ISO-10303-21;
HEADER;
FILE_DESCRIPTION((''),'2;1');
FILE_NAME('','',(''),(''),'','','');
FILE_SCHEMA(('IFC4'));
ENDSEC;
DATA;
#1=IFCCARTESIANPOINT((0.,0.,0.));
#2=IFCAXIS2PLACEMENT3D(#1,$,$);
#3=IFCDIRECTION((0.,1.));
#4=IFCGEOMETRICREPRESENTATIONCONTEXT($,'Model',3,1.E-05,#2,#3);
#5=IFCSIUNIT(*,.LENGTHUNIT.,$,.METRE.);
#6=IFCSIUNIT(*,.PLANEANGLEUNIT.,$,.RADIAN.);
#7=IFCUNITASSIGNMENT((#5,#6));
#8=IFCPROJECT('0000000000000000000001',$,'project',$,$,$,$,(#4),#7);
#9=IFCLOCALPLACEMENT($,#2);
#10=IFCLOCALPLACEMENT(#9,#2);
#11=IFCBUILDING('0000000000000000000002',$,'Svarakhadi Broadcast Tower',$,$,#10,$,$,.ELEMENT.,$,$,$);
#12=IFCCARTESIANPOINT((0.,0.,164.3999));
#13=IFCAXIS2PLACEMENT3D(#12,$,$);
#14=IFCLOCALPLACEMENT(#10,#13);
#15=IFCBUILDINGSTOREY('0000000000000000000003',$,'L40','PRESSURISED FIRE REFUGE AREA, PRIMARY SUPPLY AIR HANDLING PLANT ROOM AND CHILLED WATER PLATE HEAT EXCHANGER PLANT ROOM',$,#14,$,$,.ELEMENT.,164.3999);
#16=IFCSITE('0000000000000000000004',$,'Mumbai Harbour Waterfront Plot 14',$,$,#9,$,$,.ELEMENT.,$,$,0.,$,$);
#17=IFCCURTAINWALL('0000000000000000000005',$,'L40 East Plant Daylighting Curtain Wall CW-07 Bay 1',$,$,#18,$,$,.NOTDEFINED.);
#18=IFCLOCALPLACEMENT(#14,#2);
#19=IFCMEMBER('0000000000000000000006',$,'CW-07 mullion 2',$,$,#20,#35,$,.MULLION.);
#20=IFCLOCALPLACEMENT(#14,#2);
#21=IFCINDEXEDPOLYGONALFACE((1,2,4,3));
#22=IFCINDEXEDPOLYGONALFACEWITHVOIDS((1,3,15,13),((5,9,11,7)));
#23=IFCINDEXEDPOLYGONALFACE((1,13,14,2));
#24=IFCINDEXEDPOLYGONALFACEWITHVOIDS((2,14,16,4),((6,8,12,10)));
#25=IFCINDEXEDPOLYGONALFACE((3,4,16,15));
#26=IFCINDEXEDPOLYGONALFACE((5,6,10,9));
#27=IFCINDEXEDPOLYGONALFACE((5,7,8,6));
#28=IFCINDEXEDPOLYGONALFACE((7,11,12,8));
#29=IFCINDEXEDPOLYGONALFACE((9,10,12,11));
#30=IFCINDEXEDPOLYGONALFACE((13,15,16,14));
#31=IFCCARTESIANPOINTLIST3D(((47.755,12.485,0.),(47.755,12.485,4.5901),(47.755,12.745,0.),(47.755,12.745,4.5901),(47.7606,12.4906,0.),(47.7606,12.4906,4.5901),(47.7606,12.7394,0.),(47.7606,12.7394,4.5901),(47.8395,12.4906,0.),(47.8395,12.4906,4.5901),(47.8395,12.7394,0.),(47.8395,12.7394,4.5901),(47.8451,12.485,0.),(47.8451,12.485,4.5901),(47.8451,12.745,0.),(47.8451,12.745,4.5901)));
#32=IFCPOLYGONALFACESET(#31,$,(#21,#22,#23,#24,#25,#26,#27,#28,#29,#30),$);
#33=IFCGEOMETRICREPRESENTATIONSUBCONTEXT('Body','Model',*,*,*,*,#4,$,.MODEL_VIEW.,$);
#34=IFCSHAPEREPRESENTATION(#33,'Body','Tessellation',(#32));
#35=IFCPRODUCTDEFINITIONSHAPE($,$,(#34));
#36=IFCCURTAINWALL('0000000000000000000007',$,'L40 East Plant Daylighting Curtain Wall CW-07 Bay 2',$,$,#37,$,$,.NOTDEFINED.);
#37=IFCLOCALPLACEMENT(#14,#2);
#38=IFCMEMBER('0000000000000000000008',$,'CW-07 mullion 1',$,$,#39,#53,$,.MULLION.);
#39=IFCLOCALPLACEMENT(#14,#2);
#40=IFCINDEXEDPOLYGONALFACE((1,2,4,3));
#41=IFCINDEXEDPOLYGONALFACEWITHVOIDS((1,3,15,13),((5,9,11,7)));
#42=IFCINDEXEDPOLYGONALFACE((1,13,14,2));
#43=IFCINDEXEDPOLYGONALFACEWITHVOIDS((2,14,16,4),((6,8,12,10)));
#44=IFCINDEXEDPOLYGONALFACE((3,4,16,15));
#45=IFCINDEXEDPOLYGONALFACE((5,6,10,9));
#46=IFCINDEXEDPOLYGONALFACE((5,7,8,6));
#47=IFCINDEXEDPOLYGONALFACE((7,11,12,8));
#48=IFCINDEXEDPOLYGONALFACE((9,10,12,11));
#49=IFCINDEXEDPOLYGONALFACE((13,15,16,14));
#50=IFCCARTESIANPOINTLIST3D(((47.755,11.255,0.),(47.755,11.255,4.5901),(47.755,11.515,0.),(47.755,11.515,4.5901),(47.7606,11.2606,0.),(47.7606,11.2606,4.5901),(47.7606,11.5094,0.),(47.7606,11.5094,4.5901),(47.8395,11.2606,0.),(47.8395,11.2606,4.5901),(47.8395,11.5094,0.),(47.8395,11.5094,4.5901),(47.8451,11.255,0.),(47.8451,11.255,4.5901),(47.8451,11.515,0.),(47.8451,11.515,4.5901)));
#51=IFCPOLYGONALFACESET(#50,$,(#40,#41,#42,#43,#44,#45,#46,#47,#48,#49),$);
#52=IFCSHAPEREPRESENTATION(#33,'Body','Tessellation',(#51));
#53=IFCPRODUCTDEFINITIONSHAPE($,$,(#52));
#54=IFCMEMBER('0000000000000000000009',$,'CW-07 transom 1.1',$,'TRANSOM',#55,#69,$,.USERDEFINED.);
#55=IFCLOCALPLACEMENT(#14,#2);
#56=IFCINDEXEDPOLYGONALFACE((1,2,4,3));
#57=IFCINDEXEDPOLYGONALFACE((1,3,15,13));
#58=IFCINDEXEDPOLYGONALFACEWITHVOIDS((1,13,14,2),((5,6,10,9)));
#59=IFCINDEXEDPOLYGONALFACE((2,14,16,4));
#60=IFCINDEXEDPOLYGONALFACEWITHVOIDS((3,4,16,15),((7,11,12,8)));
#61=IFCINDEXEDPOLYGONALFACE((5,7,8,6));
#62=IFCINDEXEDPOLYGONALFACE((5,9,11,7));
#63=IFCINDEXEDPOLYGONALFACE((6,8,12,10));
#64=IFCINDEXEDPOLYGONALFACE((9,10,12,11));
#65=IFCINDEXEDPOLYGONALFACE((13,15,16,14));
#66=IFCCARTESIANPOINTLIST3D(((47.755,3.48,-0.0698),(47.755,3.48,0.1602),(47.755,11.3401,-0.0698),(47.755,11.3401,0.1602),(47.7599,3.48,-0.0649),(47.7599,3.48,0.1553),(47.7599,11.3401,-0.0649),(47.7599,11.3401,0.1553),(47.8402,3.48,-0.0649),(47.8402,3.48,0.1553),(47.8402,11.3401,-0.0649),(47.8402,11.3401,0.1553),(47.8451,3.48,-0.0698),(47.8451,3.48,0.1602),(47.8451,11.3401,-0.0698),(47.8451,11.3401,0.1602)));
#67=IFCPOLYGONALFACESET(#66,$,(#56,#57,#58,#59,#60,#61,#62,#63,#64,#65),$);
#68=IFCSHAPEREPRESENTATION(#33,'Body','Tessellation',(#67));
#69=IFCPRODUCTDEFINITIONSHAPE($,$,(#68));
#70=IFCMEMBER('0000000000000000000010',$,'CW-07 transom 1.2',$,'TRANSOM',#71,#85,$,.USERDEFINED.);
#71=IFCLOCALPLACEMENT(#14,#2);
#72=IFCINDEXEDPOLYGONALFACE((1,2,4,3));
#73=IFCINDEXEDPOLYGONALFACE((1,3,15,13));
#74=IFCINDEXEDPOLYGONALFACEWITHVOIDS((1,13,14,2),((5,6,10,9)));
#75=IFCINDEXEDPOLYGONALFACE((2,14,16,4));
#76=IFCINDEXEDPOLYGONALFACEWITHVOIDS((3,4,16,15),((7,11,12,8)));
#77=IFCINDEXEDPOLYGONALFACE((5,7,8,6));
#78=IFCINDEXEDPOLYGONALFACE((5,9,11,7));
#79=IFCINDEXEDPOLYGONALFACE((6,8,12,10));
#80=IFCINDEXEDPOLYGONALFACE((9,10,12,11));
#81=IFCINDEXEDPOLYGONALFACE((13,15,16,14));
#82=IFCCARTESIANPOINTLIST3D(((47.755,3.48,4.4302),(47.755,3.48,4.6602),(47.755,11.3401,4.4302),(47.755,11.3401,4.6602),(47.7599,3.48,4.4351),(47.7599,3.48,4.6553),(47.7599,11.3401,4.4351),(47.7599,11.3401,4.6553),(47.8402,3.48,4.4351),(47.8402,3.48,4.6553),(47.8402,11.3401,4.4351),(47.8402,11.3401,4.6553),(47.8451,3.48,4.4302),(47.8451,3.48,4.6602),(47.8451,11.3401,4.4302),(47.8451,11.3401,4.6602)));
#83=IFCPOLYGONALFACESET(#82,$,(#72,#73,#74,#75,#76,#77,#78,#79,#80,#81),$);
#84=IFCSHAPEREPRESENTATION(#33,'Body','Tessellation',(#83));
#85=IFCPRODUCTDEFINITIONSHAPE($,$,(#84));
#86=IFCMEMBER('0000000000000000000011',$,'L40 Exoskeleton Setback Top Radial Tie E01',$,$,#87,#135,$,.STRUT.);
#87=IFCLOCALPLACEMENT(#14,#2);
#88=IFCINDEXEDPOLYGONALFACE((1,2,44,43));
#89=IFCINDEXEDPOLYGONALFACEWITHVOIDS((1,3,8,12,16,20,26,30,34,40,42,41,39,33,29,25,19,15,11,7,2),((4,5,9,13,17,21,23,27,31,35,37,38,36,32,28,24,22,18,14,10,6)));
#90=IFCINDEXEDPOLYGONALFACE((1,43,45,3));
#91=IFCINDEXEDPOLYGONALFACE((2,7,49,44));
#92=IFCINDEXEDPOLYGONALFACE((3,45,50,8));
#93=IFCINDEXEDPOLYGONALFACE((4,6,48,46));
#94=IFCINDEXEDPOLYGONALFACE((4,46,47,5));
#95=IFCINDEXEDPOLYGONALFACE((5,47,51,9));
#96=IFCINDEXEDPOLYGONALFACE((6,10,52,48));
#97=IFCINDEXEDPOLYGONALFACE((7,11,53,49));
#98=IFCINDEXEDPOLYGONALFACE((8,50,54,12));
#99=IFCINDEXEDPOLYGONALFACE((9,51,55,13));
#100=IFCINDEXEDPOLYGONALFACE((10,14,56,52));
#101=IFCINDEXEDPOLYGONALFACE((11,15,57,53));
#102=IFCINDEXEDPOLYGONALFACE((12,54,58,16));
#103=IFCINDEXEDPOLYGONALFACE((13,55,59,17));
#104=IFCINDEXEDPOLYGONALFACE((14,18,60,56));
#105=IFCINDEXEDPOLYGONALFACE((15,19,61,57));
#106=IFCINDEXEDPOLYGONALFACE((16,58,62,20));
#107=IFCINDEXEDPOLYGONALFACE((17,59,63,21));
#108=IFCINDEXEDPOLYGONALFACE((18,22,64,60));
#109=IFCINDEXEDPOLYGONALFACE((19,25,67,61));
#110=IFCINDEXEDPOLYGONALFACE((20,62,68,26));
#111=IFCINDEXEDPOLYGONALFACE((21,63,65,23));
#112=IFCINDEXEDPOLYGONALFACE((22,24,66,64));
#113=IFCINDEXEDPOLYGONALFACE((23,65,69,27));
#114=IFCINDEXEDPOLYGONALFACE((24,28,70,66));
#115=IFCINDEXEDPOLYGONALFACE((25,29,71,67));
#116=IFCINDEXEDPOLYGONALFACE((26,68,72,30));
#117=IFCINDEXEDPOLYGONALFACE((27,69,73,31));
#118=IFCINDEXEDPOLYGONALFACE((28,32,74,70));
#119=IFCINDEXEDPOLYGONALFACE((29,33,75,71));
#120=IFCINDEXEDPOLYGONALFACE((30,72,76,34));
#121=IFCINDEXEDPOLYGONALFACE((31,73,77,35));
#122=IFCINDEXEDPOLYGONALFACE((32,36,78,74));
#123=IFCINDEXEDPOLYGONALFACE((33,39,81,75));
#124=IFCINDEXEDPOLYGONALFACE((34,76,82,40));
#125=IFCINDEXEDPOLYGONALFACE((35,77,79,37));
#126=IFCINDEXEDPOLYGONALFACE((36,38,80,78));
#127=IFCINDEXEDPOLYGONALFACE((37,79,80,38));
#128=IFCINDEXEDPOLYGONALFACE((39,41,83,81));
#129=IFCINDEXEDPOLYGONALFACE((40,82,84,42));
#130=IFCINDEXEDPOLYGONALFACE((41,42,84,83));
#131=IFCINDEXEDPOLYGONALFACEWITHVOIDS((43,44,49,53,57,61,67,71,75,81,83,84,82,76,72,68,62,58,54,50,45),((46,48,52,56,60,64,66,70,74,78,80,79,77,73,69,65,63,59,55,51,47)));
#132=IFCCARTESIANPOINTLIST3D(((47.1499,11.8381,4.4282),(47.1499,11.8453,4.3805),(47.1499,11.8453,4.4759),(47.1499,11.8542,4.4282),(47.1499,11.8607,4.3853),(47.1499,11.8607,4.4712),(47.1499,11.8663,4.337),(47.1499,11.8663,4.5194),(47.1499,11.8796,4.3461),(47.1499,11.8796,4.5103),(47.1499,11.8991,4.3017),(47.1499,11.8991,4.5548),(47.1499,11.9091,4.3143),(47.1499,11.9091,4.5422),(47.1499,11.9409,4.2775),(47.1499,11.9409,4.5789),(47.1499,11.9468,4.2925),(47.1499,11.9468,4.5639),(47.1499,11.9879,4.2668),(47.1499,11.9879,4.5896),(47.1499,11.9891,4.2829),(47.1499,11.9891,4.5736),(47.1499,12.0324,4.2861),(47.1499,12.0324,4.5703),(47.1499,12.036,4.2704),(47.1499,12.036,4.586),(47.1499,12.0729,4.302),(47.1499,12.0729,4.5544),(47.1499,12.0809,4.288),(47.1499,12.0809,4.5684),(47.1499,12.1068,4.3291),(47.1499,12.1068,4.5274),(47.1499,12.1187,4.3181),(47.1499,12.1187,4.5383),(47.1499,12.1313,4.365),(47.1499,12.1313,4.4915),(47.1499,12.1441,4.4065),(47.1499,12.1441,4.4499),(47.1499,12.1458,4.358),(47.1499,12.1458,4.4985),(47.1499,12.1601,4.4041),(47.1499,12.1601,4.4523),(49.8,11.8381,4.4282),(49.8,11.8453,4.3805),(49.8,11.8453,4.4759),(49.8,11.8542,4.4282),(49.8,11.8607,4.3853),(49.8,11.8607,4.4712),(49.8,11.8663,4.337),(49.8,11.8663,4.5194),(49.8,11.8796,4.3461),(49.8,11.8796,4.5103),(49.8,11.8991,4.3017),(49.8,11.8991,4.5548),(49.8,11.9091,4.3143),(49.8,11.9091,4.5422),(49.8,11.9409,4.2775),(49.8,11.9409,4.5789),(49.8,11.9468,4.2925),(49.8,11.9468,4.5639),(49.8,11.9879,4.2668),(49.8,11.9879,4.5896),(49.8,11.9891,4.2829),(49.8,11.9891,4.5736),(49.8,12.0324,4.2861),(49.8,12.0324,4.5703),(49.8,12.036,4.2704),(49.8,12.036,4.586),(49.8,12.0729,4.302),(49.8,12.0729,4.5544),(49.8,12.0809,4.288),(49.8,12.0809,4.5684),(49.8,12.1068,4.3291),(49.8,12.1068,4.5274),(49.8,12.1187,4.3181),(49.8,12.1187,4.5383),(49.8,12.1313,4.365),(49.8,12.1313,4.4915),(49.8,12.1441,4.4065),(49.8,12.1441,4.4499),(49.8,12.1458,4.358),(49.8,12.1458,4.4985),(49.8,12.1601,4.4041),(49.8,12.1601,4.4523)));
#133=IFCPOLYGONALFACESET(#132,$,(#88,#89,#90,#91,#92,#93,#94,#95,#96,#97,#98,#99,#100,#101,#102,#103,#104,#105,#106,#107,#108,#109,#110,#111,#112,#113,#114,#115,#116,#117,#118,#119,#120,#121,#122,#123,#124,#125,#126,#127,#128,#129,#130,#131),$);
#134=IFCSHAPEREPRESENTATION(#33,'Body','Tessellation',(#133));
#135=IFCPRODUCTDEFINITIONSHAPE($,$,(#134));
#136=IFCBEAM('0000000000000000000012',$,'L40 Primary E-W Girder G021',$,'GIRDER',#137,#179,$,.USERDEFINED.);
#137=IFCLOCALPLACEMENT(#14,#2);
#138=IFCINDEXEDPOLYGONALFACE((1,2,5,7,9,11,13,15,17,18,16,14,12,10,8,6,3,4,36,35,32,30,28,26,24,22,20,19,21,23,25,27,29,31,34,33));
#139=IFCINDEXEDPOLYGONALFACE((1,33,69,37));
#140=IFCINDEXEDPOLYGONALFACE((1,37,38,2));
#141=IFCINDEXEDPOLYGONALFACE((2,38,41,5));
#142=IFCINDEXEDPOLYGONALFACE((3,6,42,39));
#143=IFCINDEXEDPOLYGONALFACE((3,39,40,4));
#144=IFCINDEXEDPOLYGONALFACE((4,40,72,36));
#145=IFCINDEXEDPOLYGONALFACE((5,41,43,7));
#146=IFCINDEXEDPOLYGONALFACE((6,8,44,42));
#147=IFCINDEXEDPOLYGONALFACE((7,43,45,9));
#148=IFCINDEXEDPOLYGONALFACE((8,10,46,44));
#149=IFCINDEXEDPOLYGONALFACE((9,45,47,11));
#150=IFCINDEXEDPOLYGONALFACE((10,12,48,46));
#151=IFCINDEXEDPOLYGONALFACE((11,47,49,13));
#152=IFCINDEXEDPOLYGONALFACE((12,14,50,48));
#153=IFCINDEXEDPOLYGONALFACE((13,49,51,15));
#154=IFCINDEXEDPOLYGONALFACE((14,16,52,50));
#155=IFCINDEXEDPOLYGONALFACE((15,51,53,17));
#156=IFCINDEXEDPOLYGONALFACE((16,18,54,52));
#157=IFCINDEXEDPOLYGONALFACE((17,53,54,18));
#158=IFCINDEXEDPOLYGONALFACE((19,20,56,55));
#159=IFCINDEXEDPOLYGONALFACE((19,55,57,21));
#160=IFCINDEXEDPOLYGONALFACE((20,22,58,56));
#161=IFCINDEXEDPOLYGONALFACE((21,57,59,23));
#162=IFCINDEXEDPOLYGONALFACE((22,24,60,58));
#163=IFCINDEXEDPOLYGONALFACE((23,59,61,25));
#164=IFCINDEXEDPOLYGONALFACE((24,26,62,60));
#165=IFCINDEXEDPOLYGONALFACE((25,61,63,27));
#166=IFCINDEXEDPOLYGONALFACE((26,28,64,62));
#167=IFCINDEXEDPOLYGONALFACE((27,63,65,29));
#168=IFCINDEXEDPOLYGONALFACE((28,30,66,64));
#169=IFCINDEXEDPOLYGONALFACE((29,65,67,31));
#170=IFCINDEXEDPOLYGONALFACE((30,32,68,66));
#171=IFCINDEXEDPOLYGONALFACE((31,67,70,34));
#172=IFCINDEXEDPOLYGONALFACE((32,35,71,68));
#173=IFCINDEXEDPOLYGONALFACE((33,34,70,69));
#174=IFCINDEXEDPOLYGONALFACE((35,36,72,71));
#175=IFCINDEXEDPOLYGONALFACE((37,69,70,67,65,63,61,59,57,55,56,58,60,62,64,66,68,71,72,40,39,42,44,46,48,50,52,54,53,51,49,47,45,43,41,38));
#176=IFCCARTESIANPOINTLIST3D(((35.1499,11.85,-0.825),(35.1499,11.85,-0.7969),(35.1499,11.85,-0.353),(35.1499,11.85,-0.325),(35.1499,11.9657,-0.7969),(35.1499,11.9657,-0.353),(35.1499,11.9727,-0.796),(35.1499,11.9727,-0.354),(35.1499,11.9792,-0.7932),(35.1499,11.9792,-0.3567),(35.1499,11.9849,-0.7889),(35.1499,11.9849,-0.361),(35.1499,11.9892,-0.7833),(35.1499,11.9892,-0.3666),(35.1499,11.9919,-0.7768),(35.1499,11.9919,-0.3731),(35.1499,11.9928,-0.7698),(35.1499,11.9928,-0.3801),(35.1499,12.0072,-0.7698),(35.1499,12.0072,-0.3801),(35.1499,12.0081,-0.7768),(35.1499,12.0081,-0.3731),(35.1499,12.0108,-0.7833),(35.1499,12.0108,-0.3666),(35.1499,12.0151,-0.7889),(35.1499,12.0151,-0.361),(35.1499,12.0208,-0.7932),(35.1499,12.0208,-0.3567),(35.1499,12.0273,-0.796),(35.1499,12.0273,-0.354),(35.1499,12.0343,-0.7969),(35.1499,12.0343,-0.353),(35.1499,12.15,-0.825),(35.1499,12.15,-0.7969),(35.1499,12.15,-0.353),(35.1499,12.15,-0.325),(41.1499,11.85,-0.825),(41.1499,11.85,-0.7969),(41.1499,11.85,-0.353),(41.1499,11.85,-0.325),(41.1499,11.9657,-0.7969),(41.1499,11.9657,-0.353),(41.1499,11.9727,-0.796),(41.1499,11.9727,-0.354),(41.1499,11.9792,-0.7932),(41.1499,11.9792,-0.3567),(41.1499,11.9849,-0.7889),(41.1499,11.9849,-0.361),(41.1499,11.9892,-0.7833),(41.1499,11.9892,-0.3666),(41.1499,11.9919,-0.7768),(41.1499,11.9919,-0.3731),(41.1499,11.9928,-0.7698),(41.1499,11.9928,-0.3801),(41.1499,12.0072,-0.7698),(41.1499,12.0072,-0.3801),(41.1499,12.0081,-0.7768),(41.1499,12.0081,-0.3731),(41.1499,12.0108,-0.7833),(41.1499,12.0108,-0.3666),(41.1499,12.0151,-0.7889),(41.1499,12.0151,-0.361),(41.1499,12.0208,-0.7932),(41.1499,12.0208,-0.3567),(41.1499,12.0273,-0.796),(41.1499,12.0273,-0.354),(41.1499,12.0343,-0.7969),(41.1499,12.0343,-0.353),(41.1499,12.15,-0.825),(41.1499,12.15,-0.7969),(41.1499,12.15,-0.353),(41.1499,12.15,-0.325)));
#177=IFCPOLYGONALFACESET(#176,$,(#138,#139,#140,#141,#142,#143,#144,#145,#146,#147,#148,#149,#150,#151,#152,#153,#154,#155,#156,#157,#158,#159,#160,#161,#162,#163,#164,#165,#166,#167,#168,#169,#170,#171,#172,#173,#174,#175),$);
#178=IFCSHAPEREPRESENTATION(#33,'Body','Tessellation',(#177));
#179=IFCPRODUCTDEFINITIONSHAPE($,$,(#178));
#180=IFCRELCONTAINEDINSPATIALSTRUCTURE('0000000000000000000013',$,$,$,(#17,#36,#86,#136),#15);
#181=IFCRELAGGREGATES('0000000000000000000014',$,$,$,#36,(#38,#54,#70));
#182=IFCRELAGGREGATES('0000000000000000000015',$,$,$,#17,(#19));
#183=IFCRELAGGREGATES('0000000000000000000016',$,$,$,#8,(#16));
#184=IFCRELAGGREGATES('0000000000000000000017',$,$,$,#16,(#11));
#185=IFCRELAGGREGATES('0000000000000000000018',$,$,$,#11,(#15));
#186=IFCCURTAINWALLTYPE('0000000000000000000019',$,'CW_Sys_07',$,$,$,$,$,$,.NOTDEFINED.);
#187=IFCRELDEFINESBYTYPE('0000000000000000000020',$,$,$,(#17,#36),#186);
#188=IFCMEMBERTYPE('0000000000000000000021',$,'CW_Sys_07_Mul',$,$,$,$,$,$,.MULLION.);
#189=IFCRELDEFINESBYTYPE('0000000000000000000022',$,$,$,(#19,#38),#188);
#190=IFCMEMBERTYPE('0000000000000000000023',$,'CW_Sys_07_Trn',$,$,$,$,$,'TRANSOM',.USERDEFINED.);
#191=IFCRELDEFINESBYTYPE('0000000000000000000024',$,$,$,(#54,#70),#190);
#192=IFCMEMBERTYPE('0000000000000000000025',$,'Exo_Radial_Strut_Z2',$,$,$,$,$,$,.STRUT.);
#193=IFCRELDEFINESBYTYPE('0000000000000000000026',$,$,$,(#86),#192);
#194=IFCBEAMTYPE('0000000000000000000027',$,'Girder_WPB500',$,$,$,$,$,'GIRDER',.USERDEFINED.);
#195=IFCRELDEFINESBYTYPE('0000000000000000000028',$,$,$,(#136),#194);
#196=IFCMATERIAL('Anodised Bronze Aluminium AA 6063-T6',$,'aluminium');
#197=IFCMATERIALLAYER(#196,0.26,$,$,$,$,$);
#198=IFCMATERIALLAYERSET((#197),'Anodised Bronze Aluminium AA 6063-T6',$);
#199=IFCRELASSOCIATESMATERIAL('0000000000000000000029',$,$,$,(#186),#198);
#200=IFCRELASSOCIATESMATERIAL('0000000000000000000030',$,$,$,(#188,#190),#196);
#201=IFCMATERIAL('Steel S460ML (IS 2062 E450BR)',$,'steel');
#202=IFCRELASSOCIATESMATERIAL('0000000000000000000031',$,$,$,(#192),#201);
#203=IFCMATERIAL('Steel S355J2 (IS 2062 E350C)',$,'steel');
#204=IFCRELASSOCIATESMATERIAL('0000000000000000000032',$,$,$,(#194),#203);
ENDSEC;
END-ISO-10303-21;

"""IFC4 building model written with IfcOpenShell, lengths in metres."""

from ifc_helpers import new_model, si_unit, direction, frame, origin, origin_2d, place, context, subcontext, project, spatial, hollow_rectangle, hollow_circle, i_section, extrude, material, layer, layer_set, material_profile, profile_set, type_object, element, aggregate, save


model = new_model("IFC4")

# Units and contexts
model_context = context("Model", 3, precision=1e-05, world=origin(), true_north=direction((0.0, 1.0)))
body_context = subcontext(model_context, "Body", "Model", "MODEL_VIEW")
ifc_project = project(units=[si_unit("LENGTHUNIT", "METRE"), si_unit("PLANEANGLEUNIT", "RADIAN")], contexts=[model_context])

# Site, building, storey
site_placement = place(None, origin())
site = spatial("IfcSite", under=ifc_project, at=site_placement, Name="Mumbai Harbour Waterfront Plot 14", CompositionType="ELEMENT", RefElevation=0.0)
building_placement = place(site_placement, origin())
building = spatial("IfcBuilding", under=site, at=building_placement, Name="Svarakhadi Broadcast Tower", CompositionType="ELEMENT")
storey_placement = place(building_placement, frame((0.0, 0.0, 164.3999)))
storey = spatial("IfcBuildingStorey", under=building, at=storey_placement, Name="L40", Description="PRESSURISED FIRE REFUGE AREA, PRIMARY SUPPLY AIR HANDLING PLANT ROOM AND CHILLED WATER PLATE HEAT EXCHANGER PLANT ROOM", CompositionType="ELEMENT", Elevation=164.3999)

# Shared definitions
ifc_material_1 = material(Name="Steel S460ML (IS 2062 E450BR)", Category="steel")

# Shared definitions
ifc_material_2 = material(Name="Steel S355J2 (IS 2062 E350C)", Category="steel")

# Curtain wall, member
ifc_material_3 = material(Name="Anodised Bronze Aluminium AA 6063-T6", Category="aluminium")
ifc_layer_1 = layer(ifc_material_3, 0.26)
ifc_layer_set_1 = layer_set([ifc_layer_1], Name="Anodised Bronze Aluminium AA 6063-T6")
curtain_wall_type = type_object("IfcCurtainWallType", Name="CW_Sys_07", PredefinedType="NOTDEFINED", material=ifc_layer_set_1)
curtain_wall_1_placement = place(storey_placement, origin())
curtain_wall_1 = element("IfcCurtainWall", 1, at=curtain_wall_1_placement, inside=storey, type_object=curtain_wall_type, Name="L40 East Plant Daylighting Curtain Wall CW-07 Bay 1", PredefinedType="NOTDEFINED")
ifc_material_profile_1 = material_profile(ifc_material_3, hollow_rectangle(XDim=0.0901, YDim=0.26, WallThickness=0.0056, at=origin_2d()), Name="ALU MULLION 260x90x6")
ifc_profile_set_1 = profile_set([ifc_material_profile_1], Name="Anodised Bronze Aluminium AA 6063-T6")
member_type_1 = type_object("IfcMemberType", Name="CW_Sys_07_Mul", PredefinedType="MULLION", material=ifc_profile_set_1)
member_1_placement = place(storey_placement, frame((47.8, 12.615, 0.0), z_axis=(0.0, 0.0, 1.0), x_axis=(1.0, 0.0, 0.0)))
member_1 = element("IfcMember", 2, at=member_1_placement, type_object=member_type_1, Name="CW-07 mullion 2", PredefinedType="MULLION", context=body_context, shape_type="SweptSolid", body=[
    extrude(hollow_rectangle(XDim=0.0901, YDim=0.26, WallThickness=0.0056, at=origin_2d()), origin(), (0.0, 0.0, 1.0), 4.5901),
])

# Curtain wall, members
curtain_wall_2_placement = place(storey_placement, origin())
curtain_wall_2 = element("IfcCurtainWall", 3, at=curtain_wall_2_placement, inside=storey, type_object=curtain_wall_type, Name="L40 East Plant Daylighting Curtain Wall CW-07 Bay 2", PredefinedType="NOTDEFINED")
member_2_placement = place(storey_placement, frame((47.8, 11.385, 0.0), z_axis=(0.0, 0.0, 1.0), x_axis=(1.0, 0.0, 0.0)))
member_2 = element("IfcMember", 4, at=member_2_placement, type_object=member_type_1, Name="CW-07 mullion 1", PredefinedType="MULLION", context=body_context, shape_type="SweptSolid", body=[
    extrude(hollow_rectangle(XDim=0.0901, YDim=0.26, WallThickness=0.0056, at=origin_2d()), origin(), (0.0, 0.0, 1.0), 4.5901),
])
ifc_material_profile_2 = material_profile(ifc_material_3, hollow_rectangle(XDim=0.0901, YDim=0.23, WallThickness=0.0049, at=origin_2d()), Name="ALU TRANSOM 230x90x5")
ifc_profile_set_2 = profile_set([ifc_material_profile_2], Name="Anodised Bronze Aluminium AA 6063-T6")
member_type_2 = type_object("IfcMemberType", Name="CW_Sys_07_Trn", ElementType="TRANSOM", PredefinedType="USERDEFINED", material=ifc_profile_set_2)
member_3_placement = place(storey_placement, frame((47.8, 11.3401, 0.0452), z_axis=(0.0, -1.0, 0.0), x_axis=(1.0, 0.0, 0.0)))
member_3 = element("IfcMember", 5, at=member_3_placement, type_object=member_type_2, Name="CW-07 transom 1.1", ObjectType="TRANSOM", PredefinedType="USERDEFINED", context=body_context, shape_type="SweptSolid", body=[
    extrude(hollow_rectangle(XDim=0.0901, YDim=0.23, WallThickness=0.0049, at=origin_2d()), origin(), (0.0, 0.0, 1.0), 7.8601),
])
member_4_placement = place(storey_placement, frame((47.8, 11.3401, 4.5452), z_axis=(0.0, -1.0, 0.0), x_axis=(1.0, 0.0, 0.0)))
member_4 = element("IfcMember", 6, at=member_4_placement, type_object=member_type_2, Name="CW-07 transom 1.2", ObjectType="TRANSOM", PredefinedType="USERDEFINED", context=body_context, shape_type="SweptSolid", body=[
    extrude(hollow_rectangle(XDim=0.0901, YDim=0.23, WallThickness=0.0049, at=origin_2d()), origin(), (0.0, 0.0, 1.0), 7.8601),
])
aggregate(curtain_wall_2, [member_2, member_3, member_4])

# Member
ifc_material_profile_3 = material_profile(ifc_material_1, hollow_circle(Radius=0.1619, WallThickness=0.0161, at=origin_2d()), Name="CHS 323.9x16")
ifc_profile_set_3 = profile_set([ifc_material_profile_3], Name="Steel S460ML (IS 2062 E450BR)")
member_type_3 = type_object("IfcMemberType", Name="Exo_Radial_Strut_Z2", PredefinedType="STRUT", material=ifc_profile_set_3)
member_5_placement = place(storey_placement, frame((49.8, 12.0, 4.4282), z_axis=(-1.0, 0.0, 0.0), x_axis=(0.0, -1.0, 0.0)))
element("IfcMember", 7, at=member_5_placement, inside=storey, type_object=member_type_3, Name="L40 Exoskeleton Setback Top Radial Tie E01", PredefinedType="STRUT", context=body_context, shape_type="SweptSolid", body=[
    extrude(hollow_circle(Radius=0.1619, WallThickness=0.0161, at=origin_2d()), origin(), (0.0, 0.0, 1.0), 2.6501),
])

# Beam
ifc_material_profile_4 = material_profile(ifc_material_2, i_section(OverallWidth=0.3, OverallDepth=0.5, WebThickness=0.0144, FlangeThickness=0.0281, FilletRadius=0.0271, at=origin_2d()), Name="WPB 500x300x187")
ifc_profile_set_4 = profile_set([ifc_material_profile_4], Name="Steel S355J2 (IS 2062 E350C)")
beam_type_1 = type_object("IfcBeamType", Name="Girder_WPB500", ElementType="GIRDER", PredefinedType="USERDEFINED", material=ifc_profile_set_4)
for number, where, z_axis, x_axis, name in (
    (8, (35.1499, 12.0, -0.575), (1.0, 0.0, 0.0), (0.0, 1.0, 0.0), "L40 Primary E-W Girder G021"),
):
    element("IfcBeam", number, at=place(storey_placement, frame(where, z_axis=z_axis, x_axis=x_axis)), inside=storey, type_object=beam_type_1, Name=name, ObjectType="GIRDER", PredefinedType="USERDEFINED", context=body_context, shape_type="SweptSolid", body=[
        extrude(i_section(OverallWidth=0.3, OverallDepth=0.5, WebThickness=0.0144, FlangeThickness=0.0281, FilletRadius=0.0271, at=origin_2d()), origin(), (0.0, 0.0, 1.0), 6.0),
    ])

aggregate(curtain_wall_1, [member_1])

save(model, "model.ifc")
